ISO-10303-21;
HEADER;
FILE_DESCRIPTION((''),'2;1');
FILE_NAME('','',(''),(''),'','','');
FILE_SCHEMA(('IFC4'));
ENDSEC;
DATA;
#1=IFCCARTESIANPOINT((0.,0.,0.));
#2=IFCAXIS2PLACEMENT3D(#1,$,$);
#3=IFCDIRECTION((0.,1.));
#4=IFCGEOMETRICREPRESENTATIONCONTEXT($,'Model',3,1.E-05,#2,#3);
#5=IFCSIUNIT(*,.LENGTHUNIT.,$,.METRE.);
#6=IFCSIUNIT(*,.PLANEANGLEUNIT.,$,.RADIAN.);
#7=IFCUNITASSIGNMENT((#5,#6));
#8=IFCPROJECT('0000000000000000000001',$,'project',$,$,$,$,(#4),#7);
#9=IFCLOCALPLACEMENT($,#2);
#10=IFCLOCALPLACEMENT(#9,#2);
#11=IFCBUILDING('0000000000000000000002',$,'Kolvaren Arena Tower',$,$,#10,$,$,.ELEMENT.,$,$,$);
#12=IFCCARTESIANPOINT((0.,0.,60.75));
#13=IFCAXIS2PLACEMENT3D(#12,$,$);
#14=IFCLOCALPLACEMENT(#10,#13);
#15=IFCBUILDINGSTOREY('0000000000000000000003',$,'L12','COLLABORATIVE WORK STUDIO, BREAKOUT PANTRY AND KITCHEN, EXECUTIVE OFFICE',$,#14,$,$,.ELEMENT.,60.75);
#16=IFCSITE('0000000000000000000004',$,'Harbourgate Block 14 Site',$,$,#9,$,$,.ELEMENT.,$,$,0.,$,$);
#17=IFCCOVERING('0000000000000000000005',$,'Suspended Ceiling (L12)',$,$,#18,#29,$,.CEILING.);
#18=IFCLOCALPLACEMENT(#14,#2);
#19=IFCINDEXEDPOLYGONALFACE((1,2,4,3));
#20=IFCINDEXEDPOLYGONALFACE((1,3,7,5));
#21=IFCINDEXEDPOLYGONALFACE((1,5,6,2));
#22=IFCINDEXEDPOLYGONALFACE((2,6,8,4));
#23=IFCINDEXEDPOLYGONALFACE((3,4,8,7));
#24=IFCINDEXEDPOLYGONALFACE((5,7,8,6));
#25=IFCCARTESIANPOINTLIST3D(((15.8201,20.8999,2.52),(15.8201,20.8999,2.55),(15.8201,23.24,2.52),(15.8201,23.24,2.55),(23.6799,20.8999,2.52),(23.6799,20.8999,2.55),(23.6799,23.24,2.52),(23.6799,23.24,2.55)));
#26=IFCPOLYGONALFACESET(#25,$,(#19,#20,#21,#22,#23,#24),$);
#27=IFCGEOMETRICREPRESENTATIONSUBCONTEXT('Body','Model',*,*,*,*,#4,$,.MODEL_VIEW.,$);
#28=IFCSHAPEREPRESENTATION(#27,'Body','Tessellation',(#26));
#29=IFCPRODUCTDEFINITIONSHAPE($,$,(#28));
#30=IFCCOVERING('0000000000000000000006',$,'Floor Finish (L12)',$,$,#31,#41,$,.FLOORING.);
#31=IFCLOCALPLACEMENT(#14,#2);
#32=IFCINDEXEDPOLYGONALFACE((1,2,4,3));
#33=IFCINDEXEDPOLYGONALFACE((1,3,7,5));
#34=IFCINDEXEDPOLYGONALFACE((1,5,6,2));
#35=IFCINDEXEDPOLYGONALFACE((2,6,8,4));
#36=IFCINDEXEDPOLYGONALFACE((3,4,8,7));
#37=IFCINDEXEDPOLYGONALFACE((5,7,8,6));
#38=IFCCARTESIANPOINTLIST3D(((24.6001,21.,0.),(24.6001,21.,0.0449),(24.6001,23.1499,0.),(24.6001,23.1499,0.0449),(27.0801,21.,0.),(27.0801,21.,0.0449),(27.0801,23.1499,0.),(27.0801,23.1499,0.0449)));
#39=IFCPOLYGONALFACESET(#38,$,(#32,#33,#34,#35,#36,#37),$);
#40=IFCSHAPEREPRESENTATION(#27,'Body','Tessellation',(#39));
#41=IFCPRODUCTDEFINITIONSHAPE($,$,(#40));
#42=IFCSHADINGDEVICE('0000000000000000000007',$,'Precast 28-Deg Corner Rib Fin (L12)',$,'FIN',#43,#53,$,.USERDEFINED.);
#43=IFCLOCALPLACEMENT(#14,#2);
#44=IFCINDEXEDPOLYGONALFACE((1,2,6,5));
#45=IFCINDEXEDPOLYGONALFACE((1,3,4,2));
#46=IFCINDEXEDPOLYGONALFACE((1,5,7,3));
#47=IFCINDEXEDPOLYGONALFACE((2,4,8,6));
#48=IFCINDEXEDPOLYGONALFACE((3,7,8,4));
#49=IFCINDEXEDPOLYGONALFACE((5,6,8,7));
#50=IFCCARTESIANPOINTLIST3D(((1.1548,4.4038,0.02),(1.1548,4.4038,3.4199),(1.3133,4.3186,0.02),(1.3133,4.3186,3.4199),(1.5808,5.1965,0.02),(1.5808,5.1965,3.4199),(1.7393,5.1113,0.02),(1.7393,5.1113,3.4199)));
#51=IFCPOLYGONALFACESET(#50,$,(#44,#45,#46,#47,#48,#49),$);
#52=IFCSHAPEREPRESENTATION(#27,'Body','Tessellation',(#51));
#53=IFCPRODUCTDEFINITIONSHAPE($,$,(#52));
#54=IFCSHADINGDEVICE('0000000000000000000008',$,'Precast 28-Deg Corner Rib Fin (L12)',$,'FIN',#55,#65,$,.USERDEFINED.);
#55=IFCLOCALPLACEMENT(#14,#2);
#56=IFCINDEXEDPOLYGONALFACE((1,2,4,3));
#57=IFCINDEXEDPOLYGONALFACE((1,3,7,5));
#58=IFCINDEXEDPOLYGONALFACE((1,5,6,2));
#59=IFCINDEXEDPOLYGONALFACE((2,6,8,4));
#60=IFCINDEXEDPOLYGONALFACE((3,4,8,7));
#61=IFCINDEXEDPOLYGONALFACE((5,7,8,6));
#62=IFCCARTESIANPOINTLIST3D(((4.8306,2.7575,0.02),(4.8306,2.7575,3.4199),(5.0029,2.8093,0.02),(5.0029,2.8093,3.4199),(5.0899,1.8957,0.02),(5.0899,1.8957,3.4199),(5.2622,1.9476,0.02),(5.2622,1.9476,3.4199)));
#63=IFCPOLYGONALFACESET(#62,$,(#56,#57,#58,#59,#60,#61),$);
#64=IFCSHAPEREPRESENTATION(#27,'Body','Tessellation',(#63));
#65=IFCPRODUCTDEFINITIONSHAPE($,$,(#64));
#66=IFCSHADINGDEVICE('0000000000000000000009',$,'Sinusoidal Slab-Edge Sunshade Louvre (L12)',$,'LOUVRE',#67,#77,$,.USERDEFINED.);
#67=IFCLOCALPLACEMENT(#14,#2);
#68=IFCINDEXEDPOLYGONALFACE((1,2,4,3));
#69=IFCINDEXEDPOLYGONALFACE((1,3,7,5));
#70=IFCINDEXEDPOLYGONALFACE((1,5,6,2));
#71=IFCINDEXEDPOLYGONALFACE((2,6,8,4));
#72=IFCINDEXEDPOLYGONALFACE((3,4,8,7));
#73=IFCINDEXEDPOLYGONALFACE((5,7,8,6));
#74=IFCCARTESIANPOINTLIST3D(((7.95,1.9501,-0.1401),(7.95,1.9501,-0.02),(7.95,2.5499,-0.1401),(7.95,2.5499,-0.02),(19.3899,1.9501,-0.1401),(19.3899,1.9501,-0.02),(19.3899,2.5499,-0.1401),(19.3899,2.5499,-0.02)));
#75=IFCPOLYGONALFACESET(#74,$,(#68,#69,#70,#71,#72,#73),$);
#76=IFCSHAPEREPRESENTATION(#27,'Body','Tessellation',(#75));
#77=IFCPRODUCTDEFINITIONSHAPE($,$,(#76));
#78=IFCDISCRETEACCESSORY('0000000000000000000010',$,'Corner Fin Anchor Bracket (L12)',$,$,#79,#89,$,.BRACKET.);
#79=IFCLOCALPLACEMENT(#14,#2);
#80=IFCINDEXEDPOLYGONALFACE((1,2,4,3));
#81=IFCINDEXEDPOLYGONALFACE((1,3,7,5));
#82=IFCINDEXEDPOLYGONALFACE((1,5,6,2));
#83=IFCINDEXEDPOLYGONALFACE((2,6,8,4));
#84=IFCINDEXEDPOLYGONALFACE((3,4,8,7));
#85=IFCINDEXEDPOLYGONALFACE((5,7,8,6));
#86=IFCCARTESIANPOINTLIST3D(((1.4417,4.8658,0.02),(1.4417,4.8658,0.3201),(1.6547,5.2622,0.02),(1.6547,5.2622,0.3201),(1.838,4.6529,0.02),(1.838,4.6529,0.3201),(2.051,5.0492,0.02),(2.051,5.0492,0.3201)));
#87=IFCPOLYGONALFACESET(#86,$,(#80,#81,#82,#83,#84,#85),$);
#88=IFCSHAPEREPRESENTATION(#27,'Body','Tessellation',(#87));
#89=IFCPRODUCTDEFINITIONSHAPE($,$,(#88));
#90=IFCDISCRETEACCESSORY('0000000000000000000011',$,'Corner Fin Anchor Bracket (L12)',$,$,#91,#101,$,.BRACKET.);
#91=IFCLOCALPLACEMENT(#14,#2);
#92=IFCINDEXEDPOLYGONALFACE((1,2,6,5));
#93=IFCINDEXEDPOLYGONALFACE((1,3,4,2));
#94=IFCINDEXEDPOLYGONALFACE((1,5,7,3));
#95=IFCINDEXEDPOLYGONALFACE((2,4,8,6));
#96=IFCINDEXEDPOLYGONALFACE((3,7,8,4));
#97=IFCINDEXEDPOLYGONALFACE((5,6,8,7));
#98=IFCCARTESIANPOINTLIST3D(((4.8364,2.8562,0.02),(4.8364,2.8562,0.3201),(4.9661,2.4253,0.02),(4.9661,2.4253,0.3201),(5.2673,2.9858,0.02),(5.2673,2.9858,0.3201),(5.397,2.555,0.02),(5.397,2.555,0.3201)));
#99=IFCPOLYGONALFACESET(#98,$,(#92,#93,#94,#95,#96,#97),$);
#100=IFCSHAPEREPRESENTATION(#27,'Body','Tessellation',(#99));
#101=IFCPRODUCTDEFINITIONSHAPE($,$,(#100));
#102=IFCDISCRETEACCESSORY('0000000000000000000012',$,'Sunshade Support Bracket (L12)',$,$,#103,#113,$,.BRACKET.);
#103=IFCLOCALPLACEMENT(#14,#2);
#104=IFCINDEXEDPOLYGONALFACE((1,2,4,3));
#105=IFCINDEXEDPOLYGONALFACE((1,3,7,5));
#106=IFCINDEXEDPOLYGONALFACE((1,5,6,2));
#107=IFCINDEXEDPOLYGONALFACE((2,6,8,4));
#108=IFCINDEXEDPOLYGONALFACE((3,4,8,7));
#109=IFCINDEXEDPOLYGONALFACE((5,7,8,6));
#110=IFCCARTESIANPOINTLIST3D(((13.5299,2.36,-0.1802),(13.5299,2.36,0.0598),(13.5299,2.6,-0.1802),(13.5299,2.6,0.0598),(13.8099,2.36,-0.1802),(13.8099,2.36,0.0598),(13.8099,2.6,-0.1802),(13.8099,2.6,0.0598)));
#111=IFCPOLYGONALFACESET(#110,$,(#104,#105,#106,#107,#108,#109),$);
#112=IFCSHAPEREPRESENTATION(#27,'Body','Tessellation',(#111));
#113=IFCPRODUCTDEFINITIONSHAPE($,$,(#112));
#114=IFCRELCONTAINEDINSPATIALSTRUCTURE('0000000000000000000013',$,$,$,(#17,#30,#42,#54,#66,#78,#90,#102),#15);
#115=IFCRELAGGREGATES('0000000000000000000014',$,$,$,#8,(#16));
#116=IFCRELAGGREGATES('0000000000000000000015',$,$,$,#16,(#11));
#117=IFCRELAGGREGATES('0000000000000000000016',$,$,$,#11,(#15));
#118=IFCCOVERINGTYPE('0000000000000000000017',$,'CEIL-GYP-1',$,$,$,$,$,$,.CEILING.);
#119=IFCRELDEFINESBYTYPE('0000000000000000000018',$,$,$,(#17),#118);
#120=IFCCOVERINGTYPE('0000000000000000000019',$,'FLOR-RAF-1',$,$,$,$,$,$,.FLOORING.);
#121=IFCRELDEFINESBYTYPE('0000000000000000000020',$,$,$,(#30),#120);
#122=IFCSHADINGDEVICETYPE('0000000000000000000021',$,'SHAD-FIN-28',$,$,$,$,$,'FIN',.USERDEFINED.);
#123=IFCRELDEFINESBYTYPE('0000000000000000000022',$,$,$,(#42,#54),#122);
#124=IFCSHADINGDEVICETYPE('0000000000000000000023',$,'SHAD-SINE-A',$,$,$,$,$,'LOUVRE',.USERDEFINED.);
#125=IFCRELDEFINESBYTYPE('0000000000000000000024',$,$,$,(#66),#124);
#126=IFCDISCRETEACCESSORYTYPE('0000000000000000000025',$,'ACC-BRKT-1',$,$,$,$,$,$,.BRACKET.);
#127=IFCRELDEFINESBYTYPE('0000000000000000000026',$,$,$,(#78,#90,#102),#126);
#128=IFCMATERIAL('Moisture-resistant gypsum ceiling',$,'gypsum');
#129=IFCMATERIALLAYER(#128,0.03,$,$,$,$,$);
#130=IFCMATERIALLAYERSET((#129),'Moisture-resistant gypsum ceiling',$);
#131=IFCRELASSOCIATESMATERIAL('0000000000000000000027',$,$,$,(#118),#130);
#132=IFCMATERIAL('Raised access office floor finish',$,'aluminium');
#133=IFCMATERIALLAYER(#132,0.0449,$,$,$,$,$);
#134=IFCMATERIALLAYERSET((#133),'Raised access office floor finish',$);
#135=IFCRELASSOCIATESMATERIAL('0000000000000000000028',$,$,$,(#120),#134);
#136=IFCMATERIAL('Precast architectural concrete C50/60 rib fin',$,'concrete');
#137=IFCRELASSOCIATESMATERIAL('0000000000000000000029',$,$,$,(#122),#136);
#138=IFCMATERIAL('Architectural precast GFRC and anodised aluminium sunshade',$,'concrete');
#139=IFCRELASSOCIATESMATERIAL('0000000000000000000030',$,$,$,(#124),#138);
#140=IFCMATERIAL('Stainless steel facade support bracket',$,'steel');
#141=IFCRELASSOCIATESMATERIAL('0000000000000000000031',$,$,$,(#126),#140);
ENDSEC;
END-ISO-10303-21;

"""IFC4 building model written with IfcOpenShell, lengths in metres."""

from ifc_helpers import new_model, si_unit, direction, frame, origin, origin_2d, place, context, subcontext, project, spatial, polyline, rectangle, outline, extrude, material, layer, layer_set, type_object, element, save


model = new_model("IFC4")

# Units and contexts
model_context = context("Model", 3, precision=1e-05, world=origin(), true_north=direction((0.0, 1.0)))
body_context = subcontext(model_context, "Body", "Model", "MODEL_VIEW")
ifc_project = project(units=[si_unit("LENGTHUNIT", "METRE"), si_unit("PLANEANGLEUNIT", "RADIAN")], contexts=[model_context])

# Site, building, storey
site_placement = place(None, origin())
site = spatial("IfcSite", under=ifc_project, at=site_placement, Name="Harbourgate Block 14 Site", CompositionType="ELEMENT", RefElevation=0.0)
building_placement = place(site_placement, origin())
building = spatial("IfcBuilding", under=site, at=building_placement, Name="Kolvaren Arena Tower", CompositionType="ELEMENT")
storey_placement = place(building_placement, frame((0.0, 0.0, 60.75)))
storey = spatial("IfcBuildingStorey", under=building, at=storey_placement, Name="L12", Description="COLLABORATIVE WORK STUDIO, BREAKOUT PANTRY AND KITCHEN, EXECUTIVE OFFICE", CompositionType="ELEMENT", Elevation=60.75)

# Coverings
ifc_material_1 = material(Name="Moisture-resistant gypsum ceiling", Category="gypsum")
ifc_layer_1 = layer(ifc_material_1, 0.03)
ifc_layer_set_1 = layer_set([ifc_layer_1], Name="Moisture-resistant gypsum ceiling")
covering_type_1 = type_object("IfcCoveringType", Name="CEIL-GYP-1", PredefinedType="CEILING", material=ifc_layer_set_1)
covering_1_placement = place(storey_placement, frame((0.0, 0.0, 2.52)))
element("IfcCovering", 1, at=covering_1_placement, inside=storey, type_object=covering_type_1, Name="Suspended Ceiling (L12)", PredefinedType="CEILING", context=body_context, shape_type="SweptSolid", body=[
    extrude(outline(polyline([(15.8201, 20.8999), (15.8201, 23.24), (23.6799, 23.24), (23.6799, 20.8999), (15.8201, 20.8999)])), origin(), (0.0, 0.0, 1.0), 0.03),
])
ifc_material_2 = material(Name="Raised access office floor finish", Category="aluminium")
ifc_layer_2 = layer(ifc_material_2, 0.0449)
ifc_layer_set_2 = layer_set([ifc_layer_2], Name="Raised access office floor finish")
covering_type_2 = type_object("IfcCoveringType", Name="FLOR-RAF-1", PredefinedType="FLOORING", material=ifc_layer_set_2)
covering_2_placement = place(storey_placement, origin())
element("IfcCovering", 2, at=covering_2_placement, inside=storey, type_object=covering_type_2, Name="Floor Finish (L12)", PredefinedType="FLOORING", context=body_context, shape_type="SweptSolid", body=[
    extrude(outline(polyline([(24.6001, 21.0), (24.6001, 23.1499), (27.0801, 23.1499), (27.0801, 21.0), (24.6001, 21.0)])), origin(), (0.0, 0.0, 1.0), 0.0449),
])

# Shading devices
ifc_material_3 = material(Name="Precast architectural concrete C50/60 rib fin", Category="concrete")
shading_device_type_1 = type_object("IfcShadingDeviceType", Name="SHAD-FIN-28", ElementType="FIN", PredefinedType="USERDEFINED", material=ifc_material_3)
for number, where, z_axis, x_axis, name in (
    (3, (1.447, 4.7576, 0.02), (0.0, 0.0, 1.0), (-0.473349, -0.880875, 0.0), "Precast 28-Deg Corner Rib Fin (L12)"),
    (4, (5.0464, 2.3525, 0.02), (0.0, 0.0, 1.0), (0.288175, -0.957578, 0.0), "Precast 28-Deg Corner Rib Fin (L12)"),
):
    element("IfcShadingDevice", number, at=place(storey_placement, frame(where, z_axis=z_axis, x_axis=x_axis)), inside=storey, type_object=shading_device_type_1, Name=name, ObjectType="FIN", PredefinedType="USERDEFINED", context=body_context, shape_type="SweptSolid", body=[
        extrude(rectangle(XDim=0.8999, YDim=0.1799, at=origin_2d()), origin(), (0.0, 0.0, 1.0), 3.3999),
    ])
ifc_material_4 = material(Name="Architectural precast GFRC and anodised aluminium sunshade", Category="concrete")
shading_device_type_2 = type_object("IfcShadingDeviceType", Name="SHAD-SINE-A", ElementType="LOUVRE", PredefinedType="USERDEFINED", material=ifc_material_4)
shading_device_placement = place(storey_placement, frame((13.6699, 2.25, -0.1401), z_axis=(0.0, 0.0, 1.0), x_axis=(-1.0, 0.0, 0.0)))
element("IfcShadingDevice", 5, at=shading_device_placement, inside=storey, type_object=shading_device_type_2, Name="Sinusoidal Slab-Edge Sunshade Louvre (L12)", ObjectType="LOUVRE", PredefinedType="USERDEFINED", context=body_context, shape_type="SweptSolid", body=[
    extrude(rectangle(XDim=11.4399, YDim=0.5999, at=origin_2d()), origin(), (0.0, 0.0, 1.0), 0.1201),
])

# Discrete accessories
ifc_material_5 = material(Name="Stainless steel facade support bracket", Category="steel")
discrete_accessory_type = type_object("IfcDiscreteAccessoryType", Name="ACC-BRKT-1", PredefinedType="BRACKET", material=ifc_material_5)
for number, where, z_axis, x_axis, name in (
    (6, (1.7463, 4.9575, 0.02), (0.0, 0.0, 1.0), (-0.473349, -0.880875, 0.0), "Corner Fin Anchor Bracket (L12)"),
    (7, (5.1167, 2.7056, 0.02), (0.0, 0.0, 1.0), (0.288175, -0.957578, 0.0), "Corner Fin Anchor Bracket (L12)"),
):
    element("IfcDiscreteAccessory", number, at=place(storey_placement, frame(where, z_axis=z_axis, x_axis=x_axis)), inside=storey, type_object=discrete_accessory_type, Name=name, PredefinedType="BRACKET", context=body_context, shape_type="SweptSolid", body=[
        extrude(rectangle(XDim=0.45, YDim=0.45, at=origin_2d()), origin(), (0.0, 0.0, 1.0), 0.3),
    ])
discrete_accessory_placement = place(storey_placement, frame((13.6699, 2.48, -0.1802), z_axis=(0.0, 0.0, 1.0), x_axis=(-1.0, 0.0, 0.0)))
element("IfcDiscreteAccessory", 8, at=discrete_accessory_placement, inside=storey, type_object=discrete_accessory_type, Name="Sunshade Support Bracket (L12)", PredefinedType="BRACKET", context=body_context, shape_type="SweptSolid", body=[
    extrude(rectangle(XDim=0.28, YDim=0.24, at=origin_2d()), origin(), (0.0, 0.0, 1.0), 0.24),
])

save(model, "model.ifc")
